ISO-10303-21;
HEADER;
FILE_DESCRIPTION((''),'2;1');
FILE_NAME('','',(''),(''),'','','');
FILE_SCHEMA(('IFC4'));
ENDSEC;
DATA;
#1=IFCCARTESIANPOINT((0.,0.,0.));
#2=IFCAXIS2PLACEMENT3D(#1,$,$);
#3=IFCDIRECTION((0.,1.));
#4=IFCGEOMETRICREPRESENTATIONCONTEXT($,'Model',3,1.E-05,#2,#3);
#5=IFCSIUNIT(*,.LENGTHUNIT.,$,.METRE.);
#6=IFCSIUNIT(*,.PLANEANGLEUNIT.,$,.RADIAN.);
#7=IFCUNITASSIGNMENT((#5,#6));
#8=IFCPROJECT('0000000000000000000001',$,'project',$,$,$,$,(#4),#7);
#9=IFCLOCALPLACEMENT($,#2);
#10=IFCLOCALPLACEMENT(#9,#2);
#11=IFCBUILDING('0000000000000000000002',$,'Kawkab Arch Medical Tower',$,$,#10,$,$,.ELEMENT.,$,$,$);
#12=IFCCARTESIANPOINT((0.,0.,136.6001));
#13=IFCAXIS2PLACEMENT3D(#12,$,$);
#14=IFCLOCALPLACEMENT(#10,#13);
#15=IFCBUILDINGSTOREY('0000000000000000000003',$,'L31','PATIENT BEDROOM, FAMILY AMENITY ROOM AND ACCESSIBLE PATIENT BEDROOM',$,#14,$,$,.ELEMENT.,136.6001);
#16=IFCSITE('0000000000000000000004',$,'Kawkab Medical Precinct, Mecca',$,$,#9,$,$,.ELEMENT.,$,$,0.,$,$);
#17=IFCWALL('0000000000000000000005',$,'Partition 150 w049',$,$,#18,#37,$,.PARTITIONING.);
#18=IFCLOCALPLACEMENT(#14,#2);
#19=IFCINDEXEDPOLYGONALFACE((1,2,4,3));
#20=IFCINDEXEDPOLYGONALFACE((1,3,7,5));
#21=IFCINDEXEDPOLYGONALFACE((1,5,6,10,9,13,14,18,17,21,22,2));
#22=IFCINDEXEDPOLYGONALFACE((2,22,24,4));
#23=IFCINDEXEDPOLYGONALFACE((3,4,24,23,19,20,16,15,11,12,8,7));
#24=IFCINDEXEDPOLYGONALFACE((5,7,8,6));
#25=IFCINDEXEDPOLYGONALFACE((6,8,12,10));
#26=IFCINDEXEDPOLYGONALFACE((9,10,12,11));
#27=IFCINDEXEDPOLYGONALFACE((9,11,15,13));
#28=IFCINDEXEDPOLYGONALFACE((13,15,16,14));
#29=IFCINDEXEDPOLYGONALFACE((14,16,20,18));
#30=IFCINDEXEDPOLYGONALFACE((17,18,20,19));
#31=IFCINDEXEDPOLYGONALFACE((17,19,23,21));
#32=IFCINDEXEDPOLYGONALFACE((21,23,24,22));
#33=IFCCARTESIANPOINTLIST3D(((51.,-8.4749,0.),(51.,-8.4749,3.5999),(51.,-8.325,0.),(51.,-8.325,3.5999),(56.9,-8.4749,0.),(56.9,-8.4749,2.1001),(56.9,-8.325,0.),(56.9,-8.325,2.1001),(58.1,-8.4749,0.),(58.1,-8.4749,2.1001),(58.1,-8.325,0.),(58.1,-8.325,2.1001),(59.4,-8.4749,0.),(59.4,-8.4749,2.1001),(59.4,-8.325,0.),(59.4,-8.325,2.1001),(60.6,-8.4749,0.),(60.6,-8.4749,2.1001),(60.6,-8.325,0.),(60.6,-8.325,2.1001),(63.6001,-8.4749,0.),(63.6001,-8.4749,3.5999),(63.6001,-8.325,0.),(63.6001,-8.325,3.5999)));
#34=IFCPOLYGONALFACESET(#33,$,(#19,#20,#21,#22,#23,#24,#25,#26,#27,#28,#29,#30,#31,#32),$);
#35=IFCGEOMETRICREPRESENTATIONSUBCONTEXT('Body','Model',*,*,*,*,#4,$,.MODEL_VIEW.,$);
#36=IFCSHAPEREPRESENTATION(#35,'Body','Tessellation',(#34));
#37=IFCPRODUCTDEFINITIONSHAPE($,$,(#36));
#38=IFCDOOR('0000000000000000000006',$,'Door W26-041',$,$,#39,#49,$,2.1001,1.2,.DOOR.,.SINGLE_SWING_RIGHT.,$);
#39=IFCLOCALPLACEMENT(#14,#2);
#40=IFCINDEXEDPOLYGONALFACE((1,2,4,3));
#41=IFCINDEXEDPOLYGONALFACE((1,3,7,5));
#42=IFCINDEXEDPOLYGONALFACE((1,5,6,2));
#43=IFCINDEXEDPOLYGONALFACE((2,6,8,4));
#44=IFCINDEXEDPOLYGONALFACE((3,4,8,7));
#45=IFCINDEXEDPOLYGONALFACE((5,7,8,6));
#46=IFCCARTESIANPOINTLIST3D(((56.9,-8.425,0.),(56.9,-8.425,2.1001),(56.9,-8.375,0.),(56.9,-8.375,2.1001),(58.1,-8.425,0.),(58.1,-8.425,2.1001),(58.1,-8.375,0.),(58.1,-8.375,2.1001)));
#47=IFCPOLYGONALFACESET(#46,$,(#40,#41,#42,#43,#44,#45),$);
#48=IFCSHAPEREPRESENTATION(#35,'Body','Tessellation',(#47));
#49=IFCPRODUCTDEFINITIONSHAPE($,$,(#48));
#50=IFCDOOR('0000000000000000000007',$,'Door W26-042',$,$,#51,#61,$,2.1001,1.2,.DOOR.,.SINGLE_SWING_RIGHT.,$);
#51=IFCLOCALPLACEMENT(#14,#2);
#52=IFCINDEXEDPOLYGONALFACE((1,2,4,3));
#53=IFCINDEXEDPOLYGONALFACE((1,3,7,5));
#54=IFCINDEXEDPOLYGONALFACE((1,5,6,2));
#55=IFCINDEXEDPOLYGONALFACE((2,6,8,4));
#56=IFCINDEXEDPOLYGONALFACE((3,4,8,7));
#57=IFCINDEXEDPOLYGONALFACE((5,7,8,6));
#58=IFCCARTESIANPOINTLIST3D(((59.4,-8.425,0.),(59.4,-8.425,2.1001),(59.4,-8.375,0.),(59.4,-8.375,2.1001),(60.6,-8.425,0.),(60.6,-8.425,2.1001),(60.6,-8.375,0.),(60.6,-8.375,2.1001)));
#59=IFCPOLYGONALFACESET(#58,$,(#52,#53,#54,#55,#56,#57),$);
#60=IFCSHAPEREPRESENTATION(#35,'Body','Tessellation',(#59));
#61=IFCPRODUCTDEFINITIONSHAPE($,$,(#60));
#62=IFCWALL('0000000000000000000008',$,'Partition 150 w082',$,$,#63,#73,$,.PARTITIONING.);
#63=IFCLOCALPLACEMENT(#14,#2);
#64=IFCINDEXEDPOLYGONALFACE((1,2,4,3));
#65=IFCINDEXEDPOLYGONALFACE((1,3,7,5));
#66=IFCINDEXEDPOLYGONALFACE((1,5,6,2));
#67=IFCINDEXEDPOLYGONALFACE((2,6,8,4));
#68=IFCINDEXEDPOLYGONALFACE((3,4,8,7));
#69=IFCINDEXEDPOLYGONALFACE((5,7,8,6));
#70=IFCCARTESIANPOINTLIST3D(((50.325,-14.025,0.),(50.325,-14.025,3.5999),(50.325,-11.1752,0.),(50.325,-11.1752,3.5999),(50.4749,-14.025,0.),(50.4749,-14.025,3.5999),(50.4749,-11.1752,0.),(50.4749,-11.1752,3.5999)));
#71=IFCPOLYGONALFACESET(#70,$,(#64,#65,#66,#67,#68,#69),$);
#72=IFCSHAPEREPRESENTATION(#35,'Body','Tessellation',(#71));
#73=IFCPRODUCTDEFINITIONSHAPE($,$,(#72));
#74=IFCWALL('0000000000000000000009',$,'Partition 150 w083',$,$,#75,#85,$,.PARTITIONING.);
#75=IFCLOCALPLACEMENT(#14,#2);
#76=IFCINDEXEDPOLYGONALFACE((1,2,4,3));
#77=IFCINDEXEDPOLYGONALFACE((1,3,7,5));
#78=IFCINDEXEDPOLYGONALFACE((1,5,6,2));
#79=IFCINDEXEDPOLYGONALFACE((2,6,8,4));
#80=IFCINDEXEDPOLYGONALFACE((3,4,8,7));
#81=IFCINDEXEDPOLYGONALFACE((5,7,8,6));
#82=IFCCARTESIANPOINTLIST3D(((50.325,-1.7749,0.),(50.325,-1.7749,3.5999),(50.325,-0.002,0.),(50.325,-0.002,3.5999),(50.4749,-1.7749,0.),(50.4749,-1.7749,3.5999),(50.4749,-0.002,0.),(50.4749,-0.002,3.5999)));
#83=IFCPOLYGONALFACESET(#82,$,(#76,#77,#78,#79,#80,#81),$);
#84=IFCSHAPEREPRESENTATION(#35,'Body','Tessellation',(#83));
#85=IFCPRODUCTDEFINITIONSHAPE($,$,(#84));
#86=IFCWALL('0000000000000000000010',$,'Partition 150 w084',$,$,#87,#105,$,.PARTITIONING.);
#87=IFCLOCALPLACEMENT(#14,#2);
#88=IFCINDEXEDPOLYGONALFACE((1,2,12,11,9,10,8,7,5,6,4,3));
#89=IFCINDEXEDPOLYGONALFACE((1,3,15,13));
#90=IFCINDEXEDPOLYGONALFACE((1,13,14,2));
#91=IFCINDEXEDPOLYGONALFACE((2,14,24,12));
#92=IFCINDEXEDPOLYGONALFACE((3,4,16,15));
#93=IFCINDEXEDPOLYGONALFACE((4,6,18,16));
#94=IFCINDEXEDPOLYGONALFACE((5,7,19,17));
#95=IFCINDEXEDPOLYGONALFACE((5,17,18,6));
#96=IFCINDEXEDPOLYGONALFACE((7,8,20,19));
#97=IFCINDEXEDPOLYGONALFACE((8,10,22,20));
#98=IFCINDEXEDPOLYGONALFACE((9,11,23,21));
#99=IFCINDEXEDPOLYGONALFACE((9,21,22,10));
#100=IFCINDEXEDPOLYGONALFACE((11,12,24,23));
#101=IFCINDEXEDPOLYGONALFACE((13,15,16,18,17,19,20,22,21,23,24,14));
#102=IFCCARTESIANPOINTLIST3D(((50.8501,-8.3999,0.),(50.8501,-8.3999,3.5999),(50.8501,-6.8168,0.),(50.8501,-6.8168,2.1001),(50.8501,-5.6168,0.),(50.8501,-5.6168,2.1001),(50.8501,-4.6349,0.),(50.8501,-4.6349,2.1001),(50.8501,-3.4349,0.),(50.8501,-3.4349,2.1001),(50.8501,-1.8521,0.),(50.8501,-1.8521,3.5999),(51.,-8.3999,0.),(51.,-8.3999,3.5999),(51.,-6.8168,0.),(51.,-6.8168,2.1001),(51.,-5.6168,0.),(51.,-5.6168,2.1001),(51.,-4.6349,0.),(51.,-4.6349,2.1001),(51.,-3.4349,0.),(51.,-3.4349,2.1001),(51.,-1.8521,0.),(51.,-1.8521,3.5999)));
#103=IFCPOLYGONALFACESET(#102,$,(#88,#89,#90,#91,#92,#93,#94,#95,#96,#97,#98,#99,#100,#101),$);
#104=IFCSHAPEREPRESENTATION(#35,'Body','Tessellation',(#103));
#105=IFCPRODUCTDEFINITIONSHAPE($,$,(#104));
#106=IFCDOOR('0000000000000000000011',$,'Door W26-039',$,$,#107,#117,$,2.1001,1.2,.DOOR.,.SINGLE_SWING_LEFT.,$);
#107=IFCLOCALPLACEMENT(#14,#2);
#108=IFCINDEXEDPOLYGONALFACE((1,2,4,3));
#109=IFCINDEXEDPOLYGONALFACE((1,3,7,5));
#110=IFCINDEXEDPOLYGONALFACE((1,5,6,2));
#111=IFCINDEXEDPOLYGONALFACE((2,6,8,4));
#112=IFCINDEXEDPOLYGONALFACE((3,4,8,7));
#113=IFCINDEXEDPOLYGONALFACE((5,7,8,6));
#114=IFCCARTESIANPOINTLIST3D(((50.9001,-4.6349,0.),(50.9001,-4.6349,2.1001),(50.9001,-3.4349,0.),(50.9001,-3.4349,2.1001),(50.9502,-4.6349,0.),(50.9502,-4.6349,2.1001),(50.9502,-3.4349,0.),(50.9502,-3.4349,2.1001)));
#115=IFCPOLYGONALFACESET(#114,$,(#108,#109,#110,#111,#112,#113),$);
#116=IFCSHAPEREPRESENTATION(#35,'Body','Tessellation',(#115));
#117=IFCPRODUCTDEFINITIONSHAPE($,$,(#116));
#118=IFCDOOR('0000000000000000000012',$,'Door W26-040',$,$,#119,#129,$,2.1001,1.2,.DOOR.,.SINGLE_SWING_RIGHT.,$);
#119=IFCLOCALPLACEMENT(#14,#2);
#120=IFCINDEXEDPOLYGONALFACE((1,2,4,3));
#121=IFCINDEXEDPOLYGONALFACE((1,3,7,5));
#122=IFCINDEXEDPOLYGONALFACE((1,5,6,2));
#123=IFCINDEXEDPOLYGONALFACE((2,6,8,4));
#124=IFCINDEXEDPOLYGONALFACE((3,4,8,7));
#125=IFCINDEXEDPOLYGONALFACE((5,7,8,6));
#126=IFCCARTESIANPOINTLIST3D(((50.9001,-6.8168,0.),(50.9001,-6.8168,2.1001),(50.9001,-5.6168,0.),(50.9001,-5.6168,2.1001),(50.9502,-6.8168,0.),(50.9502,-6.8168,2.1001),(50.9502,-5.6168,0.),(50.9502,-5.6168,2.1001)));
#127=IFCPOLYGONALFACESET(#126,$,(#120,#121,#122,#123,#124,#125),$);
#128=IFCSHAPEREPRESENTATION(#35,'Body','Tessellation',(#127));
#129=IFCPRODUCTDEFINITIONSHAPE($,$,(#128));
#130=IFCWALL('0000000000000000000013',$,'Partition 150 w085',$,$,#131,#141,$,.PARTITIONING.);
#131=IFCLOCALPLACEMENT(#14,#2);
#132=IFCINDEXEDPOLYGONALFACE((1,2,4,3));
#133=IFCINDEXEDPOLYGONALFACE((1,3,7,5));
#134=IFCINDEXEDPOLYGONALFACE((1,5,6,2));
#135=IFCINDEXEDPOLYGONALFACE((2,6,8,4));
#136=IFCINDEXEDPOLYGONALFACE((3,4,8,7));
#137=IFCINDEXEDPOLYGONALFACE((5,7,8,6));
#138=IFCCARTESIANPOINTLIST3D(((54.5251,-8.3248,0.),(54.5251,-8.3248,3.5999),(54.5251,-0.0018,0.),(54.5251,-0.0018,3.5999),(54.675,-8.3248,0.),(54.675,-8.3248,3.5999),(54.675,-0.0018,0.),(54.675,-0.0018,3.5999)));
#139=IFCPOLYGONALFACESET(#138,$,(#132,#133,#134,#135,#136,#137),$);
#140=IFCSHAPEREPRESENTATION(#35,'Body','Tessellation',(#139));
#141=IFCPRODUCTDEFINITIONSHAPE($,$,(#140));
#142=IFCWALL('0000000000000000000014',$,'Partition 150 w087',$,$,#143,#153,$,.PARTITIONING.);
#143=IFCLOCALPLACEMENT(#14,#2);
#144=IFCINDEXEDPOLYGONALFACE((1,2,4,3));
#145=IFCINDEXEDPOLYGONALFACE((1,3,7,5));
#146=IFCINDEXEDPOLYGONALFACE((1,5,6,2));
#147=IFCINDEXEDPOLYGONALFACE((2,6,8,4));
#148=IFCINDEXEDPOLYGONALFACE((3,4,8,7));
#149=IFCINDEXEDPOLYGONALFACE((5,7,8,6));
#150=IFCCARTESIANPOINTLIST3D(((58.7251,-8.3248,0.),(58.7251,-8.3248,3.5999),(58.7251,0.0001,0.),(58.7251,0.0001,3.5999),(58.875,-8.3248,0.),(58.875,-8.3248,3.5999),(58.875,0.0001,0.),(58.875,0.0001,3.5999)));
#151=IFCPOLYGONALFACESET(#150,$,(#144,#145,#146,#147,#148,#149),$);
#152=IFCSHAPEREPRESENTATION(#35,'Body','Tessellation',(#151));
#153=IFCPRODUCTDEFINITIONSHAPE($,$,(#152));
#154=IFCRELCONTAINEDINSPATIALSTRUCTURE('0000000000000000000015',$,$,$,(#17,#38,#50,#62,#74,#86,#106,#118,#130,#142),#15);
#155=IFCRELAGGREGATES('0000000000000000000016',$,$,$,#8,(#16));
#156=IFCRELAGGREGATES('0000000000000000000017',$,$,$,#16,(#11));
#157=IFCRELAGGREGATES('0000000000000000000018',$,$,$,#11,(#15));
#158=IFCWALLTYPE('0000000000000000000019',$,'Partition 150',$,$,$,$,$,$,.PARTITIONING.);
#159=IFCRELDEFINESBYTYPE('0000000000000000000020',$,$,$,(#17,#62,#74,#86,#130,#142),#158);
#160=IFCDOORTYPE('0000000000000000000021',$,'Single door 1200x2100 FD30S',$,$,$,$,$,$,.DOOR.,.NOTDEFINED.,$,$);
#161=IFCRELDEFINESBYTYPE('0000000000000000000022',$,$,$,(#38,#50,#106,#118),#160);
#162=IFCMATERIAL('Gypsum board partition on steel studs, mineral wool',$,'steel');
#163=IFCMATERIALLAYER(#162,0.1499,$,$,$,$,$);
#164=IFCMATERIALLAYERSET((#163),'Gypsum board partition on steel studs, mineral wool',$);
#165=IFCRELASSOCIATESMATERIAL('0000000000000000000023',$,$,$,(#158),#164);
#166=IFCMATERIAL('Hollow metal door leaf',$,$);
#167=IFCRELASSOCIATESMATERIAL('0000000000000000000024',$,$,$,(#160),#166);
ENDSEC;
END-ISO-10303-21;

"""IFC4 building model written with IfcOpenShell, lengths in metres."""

from ifc_helpers import new_model, si_unit, direction, frame, frame_2d, origin, place, context, subcontext, project, spatial, rectangle, extrude, material, layer, layer_set, type_object, element, fill, save


model = new_model("IFC4")

# Units and contexts
model_context = context("Model", 3, precision=1e-05, world=origin(), true_north=direction((0.0, 1.0)))
body_context = subcontext(model_context, "Body", "Model", "MODEL_VIEW")
ifc_project = project(units=[si_unit("LENGTHUNIT", "METRE"), si_unit("PLANEANGLEUNIT", "RADIAN")], contexts=[model_context])

# Site, building, storey
site_placement = place(None, origin())
site = spatial("IfcSite", under=ifc_project, at=site_placement, Name="Kawkab Medical Precinct, Mecca", CompositionType="ELEMENT", RefElevation=0.0)
building_placement = place(site_placement, origin())
building = spatial("IfcBuilding", under=site, at=building_placement, Name="Kawkab Arch Medical Tower", CompositionType="ELEMENT")
storey_placement = place(building_placement, frame((0.0, 0.0, 136.6001)))
storey = spatial("IfcBuildingStorey", under=building, at=storey_placement, Name="L31", Description="PATIENT BEDROOM, FAMILY AMENITY ROOM AND ACCESSIBLE PATIENT BEDROOM", CompositionType="ELEMENT", Elevation=136.6001)

# Wall, openings, doors
ifc_material_1 = material(Name="Gypsum board partition on steel studs, mineral wool", Category="steel")
ifc_layer_1 = layer(ifc_material_1, 0.1499)
ifc_layer_set_1 = layer_set([ifc_layer_1], Name="Gypsum board partition on steel studs, mineral wool")
wall_type_1 = type_object("IfcWallType", Name="Partition 150", PredefinedType="PARTITIONING", material=ifc_layer_set_1)
wall_1_placement = place(storey_placement, frame((51.0, -8.3999, 0.0), z_axis=(0.0, 0.0, 1.0), x_axis=(1.0, 0.0, 0.0)))
wall_1 = element("IfcWall", 1, at=wall_1_placement, inside=storey, type_object=wall_type_1, Name="Partition 150 w049", PredefinedType="PARTITIONING", context=body_context, shape_type="SweptSolid", body=[
    extrude(rectangle(XDim=12.6001, YDim=0.1499, at=frame_2d((6.3, 0.0))), origin(), (0.0, 0.0, 1.0), 3.5999),
])
opening_1_placement = place(wall_1_placement, frame((5.8999, 0.0, 0.0)))
opening_1 = element("IfcOpeningElement", 2, at=opening_1_placement, cuts=wall_1, PredefinedType="OPENING", context=body_context, shape_type="SweptSolid", body=[
    extrude(rectangle(XDim=1.2, YDim=2.1001, at=frame_2d((0.6001, 1.05))), frame((0.0, 0.085, 0.0), z_axis=(0.0, -1.0, 0.0), x_axis=(1.0, 0.0, 0.0)), (0.0, 0.0, 1.0), 0.1699),
])
opening_2_placement = place(wall_1_placement, frame((8.3999, 0.0, 0.0)))
opening_2 = element("IfcOpeningElement", 3, at=opening_2_placement, cuts=wall_1, PredefinedType="OPENING", context=body_context, shape_type="SweptSolid", body=[
    extrude(rectangle(XDim=1.2, YDim=2.1001, at=frame_2d((0.6001, 1.05))), frame((0.0, 0.085, 0.0), z_axis=(0.0, -1.0, 0.0), x_axis=(1.0, 0.0, 0.0)), (0.0, 0.0, 1.0), 0.1699),
])
ifc_material_2 = material(Name="Hollow metal door leaf")
door_type_1 = type_object("IfcDoorType", Name="Single door 1200x2100 FD30S", OperationType="NOTDEFINED", PredefinedType="DOOR", material=ifc_material_2)
door_1_placement = place(opening_1_placement, origin())
door_1 = element("IfcDoor", 4, at=door_1_placement, inside=storey, type_object=door_type_1, Name="Door W26-041", OperationType="SINGLE_SWING_RIGHT", OverallHeight=2.1001, OverallWidth=1.2, PredefinedType="DOOR", context=body_context, shape_type="SweptSolid", body=[
    extrude(rectangle(XDim=1.2, YDim=2.1001, at=frame_2d((0.6001, 1.05))), frame((0.0, 0.0249, 0.0), z_axis=(0.0, -1.0, 0.0), x_axis=(1.0, 0.0, 0.0)), (0.0, 0.0, 1.0), 0.05),
])
fill(opening_1, door_1)
door_2_placement = place(opening_2_placement, origin())
door_2 = element("IfcDoor", 5, at=door_2_placement, inside=storey, type_object=door_type_1, Name="Door W26-042", OperationType="SINGLE_SWING_RIGHT", OverallHeight=2.1001, OverallWidth=1.2, PredefinedType="DOOR", context=body_context, shape_type="SweptSolid", body=[
    extrude(rectangle(XDim=1.2, YDim=2.1001, at=frame_2d((0.6001, 1.05))), frame((0.0, 0.0249, 0.0), z_axis=(0.0, -1.0, 0.0), x_axis=(1.0, 0.0, 0.0)), (0.0, 0.0, 1.0), 0.05),
])
fill(opening_2, door_2)

# Walls
wall_2_placement = place(storey_placement, frame((50.3999, -14.0249, 0.0), z_axis=(0.0, 0.0, 1.0), x_axis=(0.0, 1.0, 0.0)))
element("IfcWall", 6, at=wall_2_placement, inside=storey, type_object=wall_type_1, Name="Partition 150 w082", PredefinedType="PARTITIONING", context=body_context, shape_type="SweptSolid", body=[
    extrude(rectangle(XDim=2.8499, YDim=0.1499, at=frame_2d((1.4248, 0.0))), origin(), (0.0, 0.0, 1.0), 3.5999),
])
wall_3_placement = place(storey_placement, frame((50.3999, -1.7749, 0.0), z_axis=(0.0, 0.0, 1.0), x_axis=(0.0, 1.0, 0.0)))
element("IfcWall", 7, at=wall_3_placement, inside=storey, type_object=wall_type_1, Name="Partition 150 w083", PredefinedType="PARTITIONING", context=body_context, shape_type="SweptSolid", body=[
    extrude(rectangle(XDim=1.7729, YDim=0.1499, at=frame_2d((0.8865, 0.0))), origin(), (0.0, 0.0, 1.0), 3.5999),
])

# Wall, openings, doors
wall_4_placement = place(storey_placement, frame((50.925, -8.3999, 0.0), z_axis=(0.0, 0.0, 1.0), x_axis=(0.0, 1.0, 0.0)))
wall_4 = element("IfcWall", 8, at=wall_4_placement, inside=storey, type_object=wall_type_1, Name="Partition 150 w084", PredefinedType="PARTITIONING", context=body_context, shape_type="SweptSolid", body=[
    extrude(rectangle(XDim=6.5479, YDim=0.1499, at=frame_2d((3.2739, 0.0))), origin(), (0.0, 0.0, 1.0), 3.5999),
])
opening_3_placement = place(wall_4_placement, frame((3.7649, 0.0, 0.0)))
opening_3 = element("IfcOpeningElement", 9, at=opening_3_placement, cuts=wall_4, PredefinedType="OPENING", context=body_context, shape_type="SweptSolid", body=[
    extrude(rectangle(XDim=1.2, YDim=2.1001, at=frame_2d((0.6001, 1.05))), frame((0.0, 0.085, 0.0), z_axis=(0.0, -1.0, 0.0), x_axis=(1.0, 0.0, 0.0)), (0.0, 0.0, 1.0), 0.1699),
])
opening_4_placement = place(wall_4_placement, frame((1.583, 0.0, 0.0)))
opening_4 = element("IfcOpeningElement", 10, at=opening_4_placement, cuts=wall_4, PredefinedType="OPENING", context=body_context, shape_type="SweptSolid", body=[
    extrude(rectangle(XDim=1.2, YDim=2.1001, at=frame_2d((0.6001, 1.05))), frame((0.0, 0.085, 0.0), z_axis=(0.0, -1.0, 0.0), x_axis=(1.0, 0.0, 0.0)), (0.0, 0.0, 1.0), 0.1699),
])
door_3_placement = place(opening_3_placement, origin())
door_3 = element("IfcDoor", 11, at=door_3_placement, inside=storey, type_object=door_type_1, Name="Door W26-039", OperationType="SINGLE_SWING_LEFT", OverallHeight=2.1001, OverallWidth=1.2, PredefinedType="DOOR", context=body_context, shape_type="SweptSolid", body=[
    extrude(rectangle(XDim=1.2, YDim=2.1001, at=frame_2d((0.6001, 1.05))), frame((0.0, 0.0249, 0.0), z_axis=(0.0, -1.0, 0.0), x_axis=(1.0, 0.0, 0.0)), (0.0, 0.0, 1.0), 0.05),
])
fill(opening_3, door_3)
door_4_placement = place(opening_4_placement, origin())
door_4 = element("IfcDoor", 12, at=door_4_placement, inside=storey, type_object=door_type_1, Name="Door W26-040", OperationType="SINGLE_SWING_RIGHT", OverallHeight=2.1001, OverallWidth=1.2, PredefinedType="DOOR", context=body_context, shape_type="SweptSolid", body=[
    extrude(rectangle(XDim=1.2, YDim=2.1001, at=frame_2d((0.6001, 1.05))), frame((0.0, 0.0249, 0.0), z_axis=(0.0, -1.0, 0.0), x_axis=(1.0, 0.0, 0.0)), (0.0, 0.0, 1.0), 0.05),
])
fill(opening_4, door_4)

# Walls
wall_5_placement = place(storey_placement, frame((54.6001, -8.325, 0.0), z_axis=(0.0, 0.0, 1.0), x_axis=(0.0, 1.0, 0.0)))
element("IfcWall", 13, at=wall_5_placement, inside=storey, type_object=wall_type_1, Name="Partition 150 w085", PredefinedType="PARTITIONING", context=body_context, shape_type="SweptSolid", body=[
    extrude(rectangle(XDim=8.323, YDim=0.1499, at=frame_2d((4.1616, 0.0))), origin(), (0.0, 0.0, 1.0), 3.5999),
])
wall_6_placement = place(storey_placement, frame((58.8, -8.325, 0.0), z_axis=(0.0, 0.0, 1.0), x_axis=(0.0, 1.0, 0.0)))
element("IfcWall", 14, at=wall_6_placement, inside=storey, type_object=wall_type_1, Name="Partition 150 w087", PredefinedType="PARTITIONING", context=body_context, shape_type="SweptSolid", body=[
    extrude(rectangle(XDim=8.325, YDim=0.1499, at=frame_2d((4.1626, 0.0))), origin(), (0.0, 0.0, 1.0), 3.5999),
])

save(model, "model.ifc")
